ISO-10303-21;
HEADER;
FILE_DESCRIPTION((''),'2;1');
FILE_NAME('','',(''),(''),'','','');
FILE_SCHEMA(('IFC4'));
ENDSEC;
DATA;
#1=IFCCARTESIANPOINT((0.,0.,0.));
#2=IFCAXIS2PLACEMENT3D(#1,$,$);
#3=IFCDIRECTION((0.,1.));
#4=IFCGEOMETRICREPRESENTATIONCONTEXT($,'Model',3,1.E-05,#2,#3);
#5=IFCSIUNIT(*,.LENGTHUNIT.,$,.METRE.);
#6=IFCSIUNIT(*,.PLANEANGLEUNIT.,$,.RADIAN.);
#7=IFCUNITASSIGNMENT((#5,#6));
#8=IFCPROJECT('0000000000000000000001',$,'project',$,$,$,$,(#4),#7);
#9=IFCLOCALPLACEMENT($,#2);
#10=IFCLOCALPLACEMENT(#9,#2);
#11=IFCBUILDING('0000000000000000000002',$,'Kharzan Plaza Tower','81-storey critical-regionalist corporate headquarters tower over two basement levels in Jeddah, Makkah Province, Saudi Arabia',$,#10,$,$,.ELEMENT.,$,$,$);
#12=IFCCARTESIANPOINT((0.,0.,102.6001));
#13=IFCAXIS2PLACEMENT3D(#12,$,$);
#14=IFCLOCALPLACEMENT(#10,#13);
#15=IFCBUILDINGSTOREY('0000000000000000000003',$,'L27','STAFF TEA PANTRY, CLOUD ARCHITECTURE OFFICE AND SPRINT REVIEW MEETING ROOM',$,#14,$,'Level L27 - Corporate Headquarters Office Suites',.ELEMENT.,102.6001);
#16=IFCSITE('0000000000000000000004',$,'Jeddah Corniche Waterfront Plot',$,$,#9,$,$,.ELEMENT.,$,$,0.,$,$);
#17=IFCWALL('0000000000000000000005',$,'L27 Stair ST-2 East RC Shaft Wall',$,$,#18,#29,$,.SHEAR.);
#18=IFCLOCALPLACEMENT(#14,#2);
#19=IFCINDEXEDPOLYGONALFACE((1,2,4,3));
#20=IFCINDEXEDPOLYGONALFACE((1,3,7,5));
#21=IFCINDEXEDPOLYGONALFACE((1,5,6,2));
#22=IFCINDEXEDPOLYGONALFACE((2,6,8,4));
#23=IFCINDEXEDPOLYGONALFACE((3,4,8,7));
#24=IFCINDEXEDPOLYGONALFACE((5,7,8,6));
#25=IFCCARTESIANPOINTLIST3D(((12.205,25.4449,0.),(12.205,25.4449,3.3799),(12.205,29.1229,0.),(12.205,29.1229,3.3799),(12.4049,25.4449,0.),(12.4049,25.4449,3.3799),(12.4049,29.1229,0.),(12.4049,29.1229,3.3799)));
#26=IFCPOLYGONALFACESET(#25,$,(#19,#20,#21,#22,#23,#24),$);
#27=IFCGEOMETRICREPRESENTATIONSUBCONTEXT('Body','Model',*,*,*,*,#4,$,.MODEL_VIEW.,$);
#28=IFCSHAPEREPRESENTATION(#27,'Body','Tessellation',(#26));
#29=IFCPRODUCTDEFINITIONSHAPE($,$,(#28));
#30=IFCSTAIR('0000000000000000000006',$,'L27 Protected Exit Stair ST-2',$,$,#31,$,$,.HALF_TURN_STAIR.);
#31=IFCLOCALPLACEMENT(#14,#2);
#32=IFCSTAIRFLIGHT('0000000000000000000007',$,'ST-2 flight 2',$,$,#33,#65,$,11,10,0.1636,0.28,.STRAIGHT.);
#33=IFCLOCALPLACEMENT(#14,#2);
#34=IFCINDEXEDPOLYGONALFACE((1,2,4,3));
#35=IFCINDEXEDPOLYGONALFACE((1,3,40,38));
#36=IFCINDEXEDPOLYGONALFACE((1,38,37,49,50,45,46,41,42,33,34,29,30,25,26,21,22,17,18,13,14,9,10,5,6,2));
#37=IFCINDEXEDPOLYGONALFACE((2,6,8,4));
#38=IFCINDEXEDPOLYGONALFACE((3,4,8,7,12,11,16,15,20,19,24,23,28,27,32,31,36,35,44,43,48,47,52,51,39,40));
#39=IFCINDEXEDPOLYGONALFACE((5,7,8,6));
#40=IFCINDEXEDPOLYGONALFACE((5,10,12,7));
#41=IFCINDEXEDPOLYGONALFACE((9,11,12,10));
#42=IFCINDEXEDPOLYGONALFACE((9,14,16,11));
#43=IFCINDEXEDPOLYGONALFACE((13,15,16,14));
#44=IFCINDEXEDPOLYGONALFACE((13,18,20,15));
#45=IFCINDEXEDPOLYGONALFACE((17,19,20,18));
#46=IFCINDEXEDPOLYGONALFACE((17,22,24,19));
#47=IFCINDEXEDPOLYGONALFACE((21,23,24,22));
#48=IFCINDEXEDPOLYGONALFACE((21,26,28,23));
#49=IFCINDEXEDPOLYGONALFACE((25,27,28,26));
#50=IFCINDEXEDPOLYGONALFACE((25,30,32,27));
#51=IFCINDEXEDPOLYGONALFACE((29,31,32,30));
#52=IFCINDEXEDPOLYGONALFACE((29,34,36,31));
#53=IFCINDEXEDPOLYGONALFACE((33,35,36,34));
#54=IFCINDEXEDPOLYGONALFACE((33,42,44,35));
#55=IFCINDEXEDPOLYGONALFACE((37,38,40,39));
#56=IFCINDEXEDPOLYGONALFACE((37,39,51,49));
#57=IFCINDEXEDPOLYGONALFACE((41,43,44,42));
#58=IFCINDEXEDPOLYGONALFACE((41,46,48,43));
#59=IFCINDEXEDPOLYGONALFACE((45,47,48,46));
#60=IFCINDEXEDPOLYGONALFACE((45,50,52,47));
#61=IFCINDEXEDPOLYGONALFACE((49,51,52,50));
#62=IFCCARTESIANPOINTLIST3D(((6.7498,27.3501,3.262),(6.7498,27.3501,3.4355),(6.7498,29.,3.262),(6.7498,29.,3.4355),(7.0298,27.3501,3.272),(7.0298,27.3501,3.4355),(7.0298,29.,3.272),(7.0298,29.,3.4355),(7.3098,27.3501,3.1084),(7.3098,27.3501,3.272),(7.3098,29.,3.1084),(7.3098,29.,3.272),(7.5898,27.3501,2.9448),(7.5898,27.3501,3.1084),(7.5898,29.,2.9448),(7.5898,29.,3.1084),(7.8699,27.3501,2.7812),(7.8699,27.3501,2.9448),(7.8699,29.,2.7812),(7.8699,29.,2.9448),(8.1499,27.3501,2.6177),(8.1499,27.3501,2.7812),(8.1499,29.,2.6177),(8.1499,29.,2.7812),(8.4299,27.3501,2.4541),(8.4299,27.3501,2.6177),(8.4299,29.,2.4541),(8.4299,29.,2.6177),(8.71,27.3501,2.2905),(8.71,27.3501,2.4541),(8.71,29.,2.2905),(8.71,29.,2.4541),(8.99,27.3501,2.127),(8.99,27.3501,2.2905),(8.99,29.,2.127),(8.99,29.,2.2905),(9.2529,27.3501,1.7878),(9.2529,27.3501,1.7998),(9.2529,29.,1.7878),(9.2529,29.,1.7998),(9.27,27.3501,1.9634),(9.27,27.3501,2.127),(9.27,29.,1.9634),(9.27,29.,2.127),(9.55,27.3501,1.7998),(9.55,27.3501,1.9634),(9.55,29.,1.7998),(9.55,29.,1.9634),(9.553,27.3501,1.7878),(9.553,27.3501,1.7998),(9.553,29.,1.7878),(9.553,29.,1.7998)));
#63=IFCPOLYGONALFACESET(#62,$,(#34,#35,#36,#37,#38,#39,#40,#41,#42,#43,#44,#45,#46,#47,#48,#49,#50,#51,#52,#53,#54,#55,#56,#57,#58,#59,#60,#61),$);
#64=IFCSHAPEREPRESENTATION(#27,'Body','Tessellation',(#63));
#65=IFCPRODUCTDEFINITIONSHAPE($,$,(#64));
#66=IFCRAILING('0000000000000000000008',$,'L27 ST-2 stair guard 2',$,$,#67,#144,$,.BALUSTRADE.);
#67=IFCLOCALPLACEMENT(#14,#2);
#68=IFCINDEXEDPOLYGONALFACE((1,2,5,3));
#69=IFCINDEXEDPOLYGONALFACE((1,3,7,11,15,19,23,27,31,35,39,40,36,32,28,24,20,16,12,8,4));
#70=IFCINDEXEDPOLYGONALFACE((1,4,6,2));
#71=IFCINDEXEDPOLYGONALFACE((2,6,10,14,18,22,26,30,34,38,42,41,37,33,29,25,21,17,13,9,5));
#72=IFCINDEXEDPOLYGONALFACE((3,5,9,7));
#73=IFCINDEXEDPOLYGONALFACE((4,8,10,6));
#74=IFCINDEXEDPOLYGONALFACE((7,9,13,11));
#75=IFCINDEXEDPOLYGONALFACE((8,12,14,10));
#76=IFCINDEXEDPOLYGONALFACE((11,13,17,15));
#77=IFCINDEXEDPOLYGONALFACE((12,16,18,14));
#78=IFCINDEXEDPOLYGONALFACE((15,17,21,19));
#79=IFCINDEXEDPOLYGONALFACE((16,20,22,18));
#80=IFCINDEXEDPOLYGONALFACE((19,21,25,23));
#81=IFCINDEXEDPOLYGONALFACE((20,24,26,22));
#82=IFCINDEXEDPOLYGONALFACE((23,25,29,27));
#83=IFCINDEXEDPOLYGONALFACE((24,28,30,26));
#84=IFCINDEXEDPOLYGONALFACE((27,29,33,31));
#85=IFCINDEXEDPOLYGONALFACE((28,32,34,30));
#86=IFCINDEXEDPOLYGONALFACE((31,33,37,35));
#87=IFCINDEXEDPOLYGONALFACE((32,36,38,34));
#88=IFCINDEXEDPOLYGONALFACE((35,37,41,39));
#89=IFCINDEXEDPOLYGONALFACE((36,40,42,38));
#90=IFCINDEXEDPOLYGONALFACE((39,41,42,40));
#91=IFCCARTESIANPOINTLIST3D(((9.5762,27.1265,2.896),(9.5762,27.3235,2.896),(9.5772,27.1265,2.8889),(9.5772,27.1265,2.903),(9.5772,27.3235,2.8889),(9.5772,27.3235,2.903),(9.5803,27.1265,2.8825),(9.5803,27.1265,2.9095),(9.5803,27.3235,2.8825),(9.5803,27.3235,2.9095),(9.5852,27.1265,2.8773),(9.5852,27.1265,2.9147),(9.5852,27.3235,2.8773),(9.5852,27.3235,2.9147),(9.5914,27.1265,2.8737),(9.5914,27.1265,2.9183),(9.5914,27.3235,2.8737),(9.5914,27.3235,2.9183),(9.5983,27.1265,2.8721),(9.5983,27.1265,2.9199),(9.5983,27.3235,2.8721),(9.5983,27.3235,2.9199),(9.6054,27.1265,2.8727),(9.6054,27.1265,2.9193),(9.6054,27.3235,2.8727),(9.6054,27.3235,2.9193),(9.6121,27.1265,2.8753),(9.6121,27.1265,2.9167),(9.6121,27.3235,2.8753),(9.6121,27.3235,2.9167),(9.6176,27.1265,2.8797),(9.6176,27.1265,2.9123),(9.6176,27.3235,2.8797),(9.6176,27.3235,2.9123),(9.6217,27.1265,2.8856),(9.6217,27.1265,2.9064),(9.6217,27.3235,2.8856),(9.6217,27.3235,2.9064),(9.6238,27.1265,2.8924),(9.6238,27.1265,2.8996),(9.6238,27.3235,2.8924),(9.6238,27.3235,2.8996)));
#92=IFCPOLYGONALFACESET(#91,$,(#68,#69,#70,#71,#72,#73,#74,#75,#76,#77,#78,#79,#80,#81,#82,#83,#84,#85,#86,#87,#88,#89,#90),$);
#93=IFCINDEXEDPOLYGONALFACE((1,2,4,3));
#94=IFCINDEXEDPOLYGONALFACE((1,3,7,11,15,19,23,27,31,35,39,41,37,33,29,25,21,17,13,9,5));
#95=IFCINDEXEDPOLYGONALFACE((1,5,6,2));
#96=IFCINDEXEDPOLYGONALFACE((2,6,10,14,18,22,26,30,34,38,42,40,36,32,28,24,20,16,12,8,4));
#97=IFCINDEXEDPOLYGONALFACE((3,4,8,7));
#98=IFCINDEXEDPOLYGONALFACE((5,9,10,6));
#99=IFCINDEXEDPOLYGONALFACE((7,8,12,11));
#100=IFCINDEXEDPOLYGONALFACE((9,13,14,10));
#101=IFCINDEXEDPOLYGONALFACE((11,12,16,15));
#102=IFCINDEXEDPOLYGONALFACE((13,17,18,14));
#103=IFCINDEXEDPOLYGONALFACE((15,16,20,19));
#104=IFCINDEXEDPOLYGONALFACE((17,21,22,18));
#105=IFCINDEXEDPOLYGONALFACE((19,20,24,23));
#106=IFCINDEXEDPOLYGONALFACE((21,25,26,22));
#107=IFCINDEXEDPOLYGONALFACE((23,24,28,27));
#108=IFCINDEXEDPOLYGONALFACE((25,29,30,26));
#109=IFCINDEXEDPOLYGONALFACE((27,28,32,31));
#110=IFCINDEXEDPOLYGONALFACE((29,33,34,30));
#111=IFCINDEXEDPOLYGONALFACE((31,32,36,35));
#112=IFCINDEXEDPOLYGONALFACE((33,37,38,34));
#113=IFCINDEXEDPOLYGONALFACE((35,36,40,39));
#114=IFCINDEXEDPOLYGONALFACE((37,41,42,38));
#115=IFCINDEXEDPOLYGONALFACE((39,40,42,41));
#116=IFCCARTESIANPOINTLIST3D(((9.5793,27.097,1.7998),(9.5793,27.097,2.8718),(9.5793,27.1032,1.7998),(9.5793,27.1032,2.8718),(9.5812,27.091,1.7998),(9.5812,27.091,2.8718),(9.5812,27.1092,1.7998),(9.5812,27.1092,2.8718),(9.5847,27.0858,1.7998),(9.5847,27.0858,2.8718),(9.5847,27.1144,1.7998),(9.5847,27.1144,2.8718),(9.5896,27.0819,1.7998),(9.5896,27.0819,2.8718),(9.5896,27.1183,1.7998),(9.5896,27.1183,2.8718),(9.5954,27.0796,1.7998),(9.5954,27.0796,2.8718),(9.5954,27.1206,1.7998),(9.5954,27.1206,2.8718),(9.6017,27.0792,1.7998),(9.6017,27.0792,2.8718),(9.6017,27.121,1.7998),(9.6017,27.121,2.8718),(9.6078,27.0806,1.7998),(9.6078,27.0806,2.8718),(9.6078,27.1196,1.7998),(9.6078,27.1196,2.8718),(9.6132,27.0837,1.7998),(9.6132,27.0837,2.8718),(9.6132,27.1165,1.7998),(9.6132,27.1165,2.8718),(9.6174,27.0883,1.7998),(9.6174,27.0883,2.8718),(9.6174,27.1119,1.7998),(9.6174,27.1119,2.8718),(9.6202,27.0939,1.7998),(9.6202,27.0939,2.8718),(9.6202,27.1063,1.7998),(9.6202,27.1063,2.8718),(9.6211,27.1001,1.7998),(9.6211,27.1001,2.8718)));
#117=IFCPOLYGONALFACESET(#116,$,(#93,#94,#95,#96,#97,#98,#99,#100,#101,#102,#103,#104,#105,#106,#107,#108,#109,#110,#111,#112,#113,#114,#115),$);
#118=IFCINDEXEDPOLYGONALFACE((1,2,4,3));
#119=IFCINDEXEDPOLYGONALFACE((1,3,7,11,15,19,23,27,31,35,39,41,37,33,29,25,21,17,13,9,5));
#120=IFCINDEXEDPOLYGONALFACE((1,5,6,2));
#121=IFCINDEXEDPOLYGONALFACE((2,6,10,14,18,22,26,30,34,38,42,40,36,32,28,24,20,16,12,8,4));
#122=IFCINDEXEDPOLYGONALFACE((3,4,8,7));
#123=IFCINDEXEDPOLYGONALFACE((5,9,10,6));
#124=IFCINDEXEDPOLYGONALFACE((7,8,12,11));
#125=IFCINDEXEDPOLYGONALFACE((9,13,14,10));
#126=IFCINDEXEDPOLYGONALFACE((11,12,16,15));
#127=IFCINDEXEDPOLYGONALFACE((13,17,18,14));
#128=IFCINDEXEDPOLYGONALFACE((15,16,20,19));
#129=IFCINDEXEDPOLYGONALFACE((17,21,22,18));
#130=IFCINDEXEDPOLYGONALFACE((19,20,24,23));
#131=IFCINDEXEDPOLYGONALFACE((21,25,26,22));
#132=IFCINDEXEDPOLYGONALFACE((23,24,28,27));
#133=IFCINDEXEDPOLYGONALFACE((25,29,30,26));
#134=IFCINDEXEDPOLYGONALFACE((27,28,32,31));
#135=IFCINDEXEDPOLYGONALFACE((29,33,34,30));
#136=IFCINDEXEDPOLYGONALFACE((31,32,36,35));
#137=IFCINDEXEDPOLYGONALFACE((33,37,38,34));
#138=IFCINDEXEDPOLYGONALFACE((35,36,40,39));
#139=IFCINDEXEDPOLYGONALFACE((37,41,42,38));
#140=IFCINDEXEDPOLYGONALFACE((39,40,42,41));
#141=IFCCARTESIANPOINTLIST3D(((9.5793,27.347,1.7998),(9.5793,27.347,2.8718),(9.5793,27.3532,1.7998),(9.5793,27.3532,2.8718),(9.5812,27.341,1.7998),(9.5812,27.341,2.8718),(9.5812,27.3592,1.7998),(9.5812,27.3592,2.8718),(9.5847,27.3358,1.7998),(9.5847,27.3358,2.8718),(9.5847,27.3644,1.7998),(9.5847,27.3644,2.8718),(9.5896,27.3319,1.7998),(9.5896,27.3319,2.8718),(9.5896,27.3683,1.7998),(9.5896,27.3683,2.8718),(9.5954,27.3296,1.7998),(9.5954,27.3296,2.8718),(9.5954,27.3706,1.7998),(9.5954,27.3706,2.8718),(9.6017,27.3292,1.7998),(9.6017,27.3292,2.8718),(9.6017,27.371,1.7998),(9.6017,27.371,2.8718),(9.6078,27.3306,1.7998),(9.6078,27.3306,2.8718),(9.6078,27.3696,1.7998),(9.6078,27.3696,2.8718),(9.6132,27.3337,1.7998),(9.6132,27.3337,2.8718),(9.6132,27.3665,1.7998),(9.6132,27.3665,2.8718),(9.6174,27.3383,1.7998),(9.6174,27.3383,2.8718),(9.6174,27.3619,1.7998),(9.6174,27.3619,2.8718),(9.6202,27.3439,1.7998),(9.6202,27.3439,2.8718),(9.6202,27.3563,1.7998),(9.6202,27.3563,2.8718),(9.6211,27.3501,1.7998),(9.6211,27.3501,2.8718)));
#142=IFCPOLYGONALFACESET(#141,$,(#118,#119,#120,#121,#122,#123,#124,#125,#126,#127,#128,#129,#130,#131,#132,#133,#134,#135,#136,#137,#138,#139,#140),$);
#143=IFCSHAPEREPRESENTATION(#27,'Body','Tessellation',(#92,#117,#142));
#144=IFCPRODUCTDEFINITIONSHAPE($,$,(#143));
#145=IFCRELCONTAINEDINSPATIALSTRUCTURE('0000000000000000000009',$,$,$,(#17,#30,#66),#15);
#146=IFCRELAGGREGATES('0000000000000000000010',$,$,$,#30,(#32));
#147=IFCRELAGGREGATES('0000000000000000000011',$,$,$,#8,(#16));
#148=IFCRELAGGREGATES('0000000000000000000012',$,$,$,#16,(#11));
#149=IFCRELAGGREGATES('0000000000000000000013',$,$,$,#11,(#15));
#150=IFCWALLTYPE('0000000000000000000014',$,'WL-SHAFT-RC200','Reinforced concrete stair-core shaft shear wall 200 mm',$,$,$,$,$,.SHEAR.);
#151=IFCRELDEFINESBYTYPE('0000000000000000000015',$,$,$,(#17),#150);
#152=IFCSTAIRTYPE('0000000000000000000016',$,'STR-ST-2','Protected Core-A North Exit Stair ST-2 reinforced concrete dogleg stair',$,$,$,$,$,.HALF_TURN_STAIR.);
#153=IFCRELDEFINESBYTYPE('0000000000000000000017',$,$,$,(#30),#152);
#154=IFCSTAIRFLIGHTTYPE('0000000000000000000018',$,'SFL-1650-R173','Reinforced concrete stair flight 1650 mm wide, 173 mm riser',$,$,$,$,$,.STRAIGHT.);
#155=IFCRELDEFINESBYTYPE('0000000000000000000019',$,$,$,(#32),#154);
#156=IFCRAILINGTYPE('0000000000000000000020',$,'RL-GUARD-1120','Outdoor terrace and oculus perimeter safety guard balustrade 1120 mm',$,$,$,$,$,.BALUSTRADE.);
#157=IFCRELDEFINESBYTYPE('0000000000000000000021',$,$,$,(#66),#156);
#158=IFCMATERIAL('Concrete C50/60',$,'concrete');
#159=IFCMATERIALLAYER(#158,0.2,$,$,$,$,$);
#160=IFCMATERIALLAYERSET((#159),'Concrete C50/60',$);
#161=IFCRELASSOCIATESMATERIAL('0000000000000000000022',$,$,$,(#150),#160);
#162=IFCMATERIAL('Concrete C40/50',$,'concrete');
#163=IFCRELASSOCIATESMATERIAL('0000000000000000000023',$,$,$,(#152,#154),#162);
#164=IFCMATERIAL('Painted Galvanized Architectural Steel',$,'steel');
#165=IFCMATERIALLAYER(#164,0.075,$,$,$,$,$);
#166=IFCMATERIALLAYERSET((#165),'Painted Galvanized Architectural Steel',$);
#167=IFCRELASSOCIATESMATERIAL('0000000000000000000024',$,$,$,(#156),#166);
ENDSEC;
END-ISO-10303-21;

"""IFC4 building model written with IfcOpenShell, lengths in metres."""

from ifc_helpers import new_model, si_unit, direction, frame, frame_2d, origin, origin_2d, place, context, subcontext, project, spatial, polyline, rectangle, circle, outline, extrude, source, transform, mapped, material, layer, layer_set, type_object, element, aggregate, save


model = new_model("IFC4")

# Units and contexts
model_context = context("Model", 3, precision=1e-05, world=origin(), true_north=direction((0.0, 1.0)))
body_context = subcontext(model_context, "Body", "Model", "MODEL_VIEW")
ifc_project = project(units=[si_unit("LENGTHUNIT", "METRE"), si_unit("PLANEANGLEUNIT", "RADIAN")], contexts=[model_context])

# Site, building, storey
site_placement = place(None, origin())
site = spatial("IfcSite", under=ifc_project, at=site_placement, Name="Jeddah Corniche Waterfront Plot", CompositionType="ELEMENT", RefElevation=0.0)
building_placement = place(site_placement, origin())
building = spatial("IfcBuilding", under=site, at=building_placement, Name="Kharzan Plaza Tower", Description="81-storey critical-regionalist corporate headquarters tower over two basement levels in Jeddah, Makkah Province, Saudi Arabia", CompositionType="ELEMENT")
storey_placement = place(building_placement, frame((0.0, 0.0, 102.6001)))
storey = spatial("IfcBuildingStorey", under=building, at=storey_placement, Name="L27", Description="STAFF TEA PANTRY, CLOUD ARCHITECTURE OFFICE AND SPRINT REVIEW MEETING ROOM", LongName="Level L27 - Corporate Headquarters Office Suites", CompositionType="ELEMENT", Elevation=102.6001)

# Shared definitions
ifc_material_1 = material(Name="Concrete C40/50", Category="concrete")

# Wall
ifc_material_2 = material(Name="Concrete C50/60", Category="concrete")
ifc_layer_1 = layer(ifc_material_2, 0.2)
ifc_layer_set_1 = layer_set([ifc_layer_1], Name="Concrete C50/60")
wall_type_1 = type_object("IfcWallType", Name="WL-SHAFT-RC200", Description="Reinforced concrete stair-core shaft shear wall 200 mm", PredefinedType="SHEAR", material=ifc_layer_set_1)
shared_shape_1 = source(origin(), body_context, "Body", "SweptSolid", [
    extrude(rectangle(XDim=3.678, YDim=0.2, at=frame_2d((1.8389, 0.0))), origin(), (0.0, 0.0, 1.0), 3.3799),
])
wall_1_placement = place(storey_placement, frame((12.3049, 25.4451, 0.0), z_axis=(0.0, 0.0, 1.0), x_axis=(0.0, 1.0, 0.0)))
element("IfcWall", 1, at=wall_1_placement, inside=storey, type_object=wall_type_1, Name="L27 Stair ST-2 East RC Shaft Wall", PredefinedType="SHEAR", context=body_context, shape_type="MappedRepresentation", body=[
    mapped(shared_shape_1, transform((0.0, 0.0, 0.0), x_axis=(1.0, 0.0, 0.0), y_axis=(0.0, 1.0, 0.0), z_axis=(0.0, 0.0, 1.0))),
])

# Stair, stair flight
stair_type = type_object("IfcStairType", Name="STR-ST-2", Description="Protected Core-A North Exit Stair ST-2 reinforced concrete dogleg stair", PredefinedType="HALF_TURN_STAIR", material=ifc_material_1)
stair_placement = place(storey_placement, origin())
stair = element("IfcStair", 2, at=stair_placement, inside=storey, type_object=stair_type, Name="L27 Protected Exit Stair ST-2", PredefinedType="HALF_TURN_STAIR")
stair_flight_type = type_object("IfcStairFlightType", Name="SFL-1650-R173", Description="Reinforced concrete stair flight 1650 mm wide, 173 mm riser", PredefinedType="STRAIGHT", material=ifc_material_1)
shared_shape_2 = source(origin(), body_context, "Body", "SweptSolid", [
    extrude(outline(polyline([(-0.0029, -0.012), (-0.0029, 0.0), (0.0, 0.0), (0.0, 0.1636), (0.28, 0.1636), (0.28, 0.3271), (0.5601, 0.3271), (0.5601, 0.4907), (0.8401, 0.4907), (0.8401, 0.6543), (1.1201, 0.6543), (1.1201, 0.8179), (1.4001, 0.8179), (1.4001, 0.9814), (1.6802, 0.9814), (1.6802, 1.145), (1.9602, 1.145), (1.9602, 1.3086), (2.2402, 1.3086), (2.2402, 1.4722), (2.5203, 1.4722), (2.5203, 1.6357), (2.8003, 1.6357), (2.8003, 1.7993), (2.8003, 1.4622), (0.2971, 0.0), (0.2971, -0.012), (-0.0029, -0.012)])), frame((0.0, 0.825, 0.0), z_axis=(0.0, -1.0, 0.0), x_axis=(1.0, 0.0, 0.0)), (0.0, 0.0, 1.0), 1.6499),
])
stair_flight_placement = place(storey_placement, frame((9.55, 28.175, 1.7998), z_axis=(0.0, 0.0, 1.0), x_axis=(-1.0, 0.0, 0.0)))
stair_flight = element("IfcStairFlight", 3, at=stair_flight_placement, type_object=stair_flight_type, Name="ST-2 flight 2", NumberOfRisers=11, NumberOfTreads=10, PredefinedType="STRAIGHT", RiserHeight=0.1636, TreadLength=0.28, context=body_context, shape_type="MappedRepresentation", body=[
    mapped(shared_shape_2, transform((0.0, 0.0, 0.0), x_axis=(1.0, 0.0, 0.0), y_axis=(0.0, 1.0, 0.0), z_axis=(0.0, 0.0, 1.0))),
])
aggregate(stair, [stair_flight])

# Railing
ifc_material_3 = material(Name="Painted Galvanized Architectural Steel", Category="steel")
ifc_layer_2 = layer(ifc_material_3, 0.075)
ifc_layer_set_2 = layer_set([ifc_layer_2], Name="Painted Galvanized Architectural Steel")
railing_type_1 = type_object("IfcRailingType", Name="RL-GUARD-1120", Description="Outdoor terrace and oculus perimeter safety guard balustrade 1120 mm", PredefinedType="BALUSTRADE", material=ifc_layer_set_2)
shared_shape_3 = source(origin(), body_context, "Body", "SweptSolid", [
    extrude(circle(Radius=0.0239, at=origin_2d()), frame((0.0, 0.0264, 1.0962), z_axis=(0.0, 1.0, 0.0), x_axis=(-1.0, 0.0, 0.0)), (0.0, 0.0, 1.0), 0.197),
    extrude(circle(Radius=0.021, at=origin_2d()), origin(), (0.0, 0.0, 1.0), 1.072),
    extrude(circle(Radius=0.021, at=origin_2d()), frame((0.0, 0.25, 0.0)), (0.0, 0.0, 1.0), 1.072),
])
railing_1_placement = place(storey_placement, frame((9.6001, 27.1001, 1.7998)))
element("IfcRailing", 4, at=railing_1_placement, inside=storey, type_object=railing_type_1, Name="L27 ST-2 stair guard 2", PredefinedType="BALUSTRADE", context=body_context, shape_type="MappedRepresentation", body=[
    mapped(shared_shape_3, transform((0.0, 0.0, 0.0), x_axis=(1.0, 0.0, 0.0), y_axis=(0.0, 1.0, 0.0), z_axis=(0.0, 0.0, 1.0))),
])

save(model, "model.ifc")
